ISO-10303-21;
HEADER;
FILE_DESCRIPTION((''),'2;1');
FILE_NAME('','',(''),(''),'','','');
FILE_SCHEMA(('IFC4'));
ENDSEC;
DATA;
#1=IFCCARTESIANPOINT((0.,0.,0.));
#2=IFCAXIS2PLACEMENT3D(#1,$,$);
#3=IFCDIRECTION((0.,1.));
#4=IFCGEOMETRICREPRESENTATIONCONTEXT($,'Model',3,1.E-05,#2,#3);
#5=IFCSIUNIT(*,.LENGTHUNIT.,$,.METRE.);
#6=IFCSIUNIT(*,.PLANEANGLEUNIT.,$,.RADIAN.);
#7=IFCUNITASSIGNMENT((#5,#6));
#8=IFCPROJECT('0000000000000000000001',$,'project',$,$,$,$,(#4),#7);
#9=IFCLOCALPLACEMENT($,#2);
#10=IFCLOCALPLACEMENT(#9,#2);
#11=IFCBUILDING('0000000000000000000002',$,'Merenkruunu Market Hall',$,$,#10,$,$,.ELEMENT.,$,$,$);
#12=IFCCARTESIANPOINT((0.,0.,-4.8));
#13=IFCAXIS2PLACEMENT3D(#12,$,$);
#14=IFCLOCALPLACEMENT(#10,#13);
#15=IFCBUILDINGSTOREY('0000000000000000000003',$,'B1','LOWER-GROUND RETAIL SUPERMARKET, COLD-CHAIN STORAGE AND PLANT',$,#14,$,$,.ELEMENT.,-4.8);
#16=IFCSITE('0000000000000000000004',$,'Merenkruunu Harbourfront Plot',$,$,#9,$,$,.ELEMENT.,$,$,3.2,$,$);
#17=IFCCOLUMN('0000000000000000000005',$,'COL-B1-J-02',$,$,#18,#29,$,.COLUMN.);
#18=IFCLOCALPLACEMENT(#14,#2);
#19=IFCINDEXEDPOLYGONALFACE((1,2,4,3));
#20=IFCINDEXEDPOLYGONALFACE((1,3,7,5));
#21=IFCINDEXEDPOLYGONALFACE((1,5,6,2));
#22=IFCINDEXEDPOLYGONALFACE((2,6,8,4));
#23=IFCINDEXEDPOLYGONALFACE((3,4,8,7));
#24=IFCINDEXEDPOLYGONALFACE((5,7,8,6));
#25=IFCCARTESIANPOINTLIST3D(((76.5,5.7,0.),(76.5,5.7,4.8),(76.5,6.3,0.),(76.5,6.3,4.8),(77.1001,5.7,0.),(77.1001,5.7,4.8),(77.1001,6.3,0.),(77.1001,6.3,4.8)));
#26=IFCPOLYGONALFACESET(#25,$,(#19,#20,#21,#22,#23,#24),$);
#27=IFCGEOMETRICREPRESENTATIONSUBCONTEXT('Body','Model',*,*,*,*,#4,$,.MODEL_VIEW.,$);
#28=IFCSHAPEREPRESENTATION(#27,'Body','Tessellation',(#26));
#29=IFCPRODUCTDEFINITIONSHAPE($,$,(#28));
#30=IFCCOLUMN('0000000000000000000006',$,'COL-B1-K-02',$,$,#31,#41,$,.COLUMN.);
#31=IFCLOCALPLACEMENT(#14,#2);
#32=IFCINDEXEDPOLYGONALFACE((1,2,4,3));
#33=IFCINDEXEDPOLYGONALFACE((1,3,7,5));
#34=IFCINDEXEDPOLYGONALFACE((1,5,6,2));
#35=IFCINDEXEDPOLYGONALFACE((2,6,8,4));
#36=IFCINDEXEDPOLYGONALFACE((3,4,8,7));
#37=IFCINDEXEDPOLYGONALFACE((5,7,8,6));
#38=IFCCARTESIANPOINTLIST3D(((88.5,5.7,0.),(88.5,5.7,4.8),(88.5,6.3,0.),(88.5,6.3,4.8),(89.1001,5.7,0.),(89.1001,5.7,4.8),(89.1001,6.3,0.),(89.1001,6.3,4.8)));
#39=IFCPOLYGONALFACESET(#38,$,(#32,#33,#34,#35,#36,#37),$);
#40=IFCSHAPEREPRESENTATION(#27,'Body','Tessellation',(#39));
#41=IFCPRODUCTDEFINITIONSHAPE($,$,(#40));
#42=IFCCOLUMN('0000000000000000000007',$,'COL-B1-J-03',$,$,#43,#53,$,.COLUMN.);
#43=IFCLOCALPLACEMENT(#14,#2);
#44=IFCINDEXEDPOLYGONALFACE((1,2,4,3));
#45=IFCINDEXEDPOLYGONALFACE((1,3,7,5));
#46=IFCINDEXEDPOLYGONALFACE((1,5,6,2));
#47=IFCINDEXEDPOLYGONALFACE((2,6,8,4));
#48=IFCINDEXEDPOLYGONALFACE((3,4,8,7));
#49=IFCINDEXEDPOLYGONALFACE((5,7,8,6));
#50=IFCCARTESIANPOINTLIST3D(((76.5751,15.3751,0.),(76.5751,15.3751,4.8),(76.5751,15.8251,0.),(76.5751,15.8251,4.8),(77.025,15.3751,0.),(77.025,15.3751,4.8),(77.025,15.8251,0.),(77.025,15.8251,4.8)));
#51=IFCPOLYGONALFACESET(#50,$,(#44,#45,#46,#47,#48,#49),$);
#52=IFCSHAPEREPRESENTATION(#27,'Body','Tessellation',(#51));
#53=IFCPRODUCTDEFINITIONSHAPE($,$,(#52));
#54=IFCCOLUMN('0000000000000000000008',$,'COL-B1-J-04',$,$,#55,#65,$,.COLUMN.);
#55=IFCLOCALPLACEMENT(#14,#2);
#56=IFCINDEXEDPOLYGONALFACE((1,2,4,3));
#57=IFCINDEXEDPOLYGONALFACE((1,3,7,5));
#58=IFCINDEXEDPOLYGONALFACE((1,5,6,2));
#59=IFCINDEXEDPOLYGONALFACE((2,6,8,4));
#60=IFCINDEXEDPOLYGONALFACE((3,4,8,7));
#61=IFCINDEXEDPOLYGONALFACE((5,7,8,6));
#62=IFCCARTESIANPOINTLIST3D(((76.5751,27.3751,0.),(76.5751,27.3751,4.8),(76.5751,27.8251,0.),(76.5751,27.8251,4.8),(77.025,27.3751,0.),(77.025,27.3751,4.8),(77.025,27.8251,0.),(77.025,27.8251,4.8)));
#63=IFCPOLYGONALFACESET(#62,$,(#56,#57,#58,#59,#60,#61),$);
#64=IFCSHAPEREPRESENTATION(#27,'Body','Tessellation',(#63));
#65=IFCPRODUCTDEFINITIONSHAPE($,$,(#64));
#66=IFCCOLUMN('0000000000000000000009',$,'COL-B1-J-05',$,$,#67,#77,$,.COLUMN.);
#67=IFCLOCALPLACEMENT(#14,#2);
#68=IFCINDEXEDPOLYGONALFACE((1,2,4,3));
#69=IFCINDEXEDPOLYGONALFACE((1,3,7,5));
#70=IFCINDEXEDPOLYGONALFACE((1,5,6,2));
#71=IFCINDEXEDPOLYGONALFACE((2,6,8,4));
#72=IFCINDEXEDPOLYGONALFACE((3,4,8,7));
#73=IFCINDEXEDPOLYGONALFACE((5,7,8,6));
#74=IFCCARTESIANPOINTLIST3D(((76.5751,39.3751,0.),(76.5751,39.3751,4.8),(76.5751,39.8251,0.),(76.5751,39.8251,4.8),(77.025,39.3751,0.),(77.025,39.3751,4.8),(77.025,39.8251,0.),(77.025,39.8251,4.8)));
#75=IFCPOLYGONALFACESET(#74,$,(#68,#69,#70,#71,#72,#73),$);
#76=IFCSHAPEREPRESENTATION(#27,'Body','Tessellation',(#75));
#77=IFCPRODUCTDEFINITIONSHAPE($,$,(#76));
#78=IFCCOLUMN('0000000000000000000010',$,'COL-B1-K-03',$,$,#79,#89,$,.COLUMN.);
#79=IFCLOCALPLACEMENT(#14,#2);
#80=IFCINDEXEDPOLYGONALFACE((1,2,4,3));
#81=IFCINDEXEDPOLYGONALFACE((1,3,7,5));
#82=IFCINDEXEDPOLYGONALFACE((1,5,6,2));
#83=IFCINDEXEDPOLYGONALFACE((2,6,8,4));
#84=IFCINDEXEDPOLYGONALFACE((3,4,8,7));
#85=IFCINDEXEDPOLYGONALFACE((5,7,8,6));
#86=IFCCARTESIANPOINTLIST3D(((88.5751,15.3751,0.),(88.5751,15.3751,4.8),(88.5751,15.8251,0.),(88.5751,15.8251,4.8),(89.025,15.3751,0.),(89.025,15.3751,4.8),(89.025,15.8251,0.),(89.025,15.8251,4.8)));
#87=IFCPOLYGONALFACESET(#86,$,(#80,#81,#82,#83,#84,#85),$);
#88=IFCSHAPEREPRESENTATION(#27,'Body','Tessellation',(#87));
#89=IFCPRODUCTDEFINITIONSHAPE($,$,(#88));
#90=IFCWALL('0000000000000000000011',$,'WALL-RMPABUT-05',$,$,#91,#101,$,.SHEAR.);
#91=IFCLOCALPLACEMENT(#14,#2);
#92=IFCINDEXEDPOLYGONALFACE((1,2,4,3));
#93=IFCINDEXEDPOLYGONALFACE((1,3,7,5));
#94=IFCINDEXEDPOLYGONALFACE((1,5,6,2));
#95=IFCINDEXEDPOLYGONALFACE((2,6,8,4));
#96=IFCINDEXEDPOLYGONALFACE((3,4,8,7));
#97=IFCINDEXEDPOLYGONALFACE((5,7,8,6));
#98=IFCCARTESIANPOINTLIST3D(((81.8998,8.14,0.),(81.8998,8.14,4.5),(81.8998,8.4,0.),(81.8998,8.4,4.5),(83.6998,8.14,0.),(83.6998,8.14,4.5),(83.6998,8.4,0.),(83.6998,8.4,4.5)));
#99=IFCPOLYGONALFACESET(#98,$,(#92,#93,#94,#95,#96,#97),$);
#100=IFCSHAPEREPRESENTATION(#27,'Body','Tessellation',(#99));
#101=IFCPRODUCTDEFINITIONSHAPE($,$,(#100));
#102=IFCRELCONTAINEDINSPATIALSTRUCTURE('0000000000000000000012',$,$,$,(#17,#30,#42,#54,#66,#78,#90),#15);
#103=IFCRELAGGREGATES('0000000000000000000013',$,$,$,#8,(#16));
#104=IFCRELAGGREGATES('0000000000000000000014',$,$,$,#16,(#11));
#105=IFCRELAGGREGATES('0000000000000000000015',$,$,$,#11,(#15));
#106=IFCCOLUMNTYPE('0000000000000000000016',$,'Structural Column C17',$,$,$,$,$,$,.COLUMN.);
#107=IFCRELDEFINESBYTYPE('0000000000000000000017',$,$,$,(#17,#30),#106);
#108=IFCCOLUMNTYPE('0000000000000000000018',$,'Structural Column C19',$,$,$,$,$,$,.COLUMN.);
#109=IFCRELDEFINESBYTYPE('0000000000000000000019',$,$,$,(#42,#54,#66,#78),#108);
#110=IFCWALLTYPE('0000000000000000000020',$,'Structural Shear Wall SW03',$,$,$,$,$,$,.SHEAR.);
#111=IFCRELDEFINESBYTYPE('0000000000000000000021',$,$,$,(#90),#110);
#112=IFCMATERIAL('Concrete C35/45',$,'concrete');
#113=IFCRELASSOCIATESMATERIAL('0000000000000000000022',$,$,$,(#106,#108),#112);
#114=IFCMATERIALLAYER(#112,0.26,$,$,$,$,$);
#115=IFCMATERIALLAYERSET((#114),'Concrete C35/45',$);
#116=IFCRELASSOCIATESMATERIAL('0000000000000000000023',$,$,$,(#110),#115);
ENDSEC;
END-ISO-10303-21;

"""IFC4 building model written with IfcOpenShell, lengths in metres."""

from ifc_helpers import new_model, si_unit, direction, frame, frame_2d, origin, origin_2d, place, context, subcontext, project, spatial, rectangle, extrude, material, layer, layer_set, material_profile, profile_set, type_object, element, save


model = new_model("IFC4")

# Units and contexts
model_context = context("Model", 3, precision=1e-05, world=origin(), true_north=direction((0.0, 1.0)))
body_context = subcontext(model_context, "Body", "Model", "MODEL_VIEW")
ifc_project = project(units=[si_unit("LENGTHUNIT", "METRE"), si_unit("PLANEANGLEUNIT", "RADIAN")], contexts=[model_context])

# Site, building, storey
site_placement = place(None, origin())
site = spatial("IfcSite", under=ifc_project, at=site_placement, Name="Merenkruunu Harbourfront Plot", CompositionType="ELEMENT", RefElevation=3.2)
building_placement = place(site_placement, origin())
building = spatial("IfcBuilding", under=site, at=building_placement, Name="Merenkruunu Market Hall", CompositionType="ELEMENT")
storey_placement = place(building_placement, frame((0.0, 0.0, -4.8)))
storey = spatial("IfcBuildingStorey", under=building, at=storey_placement, Name="B1", Description="LOWER-GROUND RETAIL SUPERMARKET, COLD-CHAIN STORAGE AND PLANT", CompositionType="ELEMENT", Elevation=-4.8)

# Shared definitions
ifc_material = material(Name="Concrete C35/45", Category="concrete")

# Columns
ifc_material_profile_1 = material_profile(ifc_material, rectangle(XDim=0.6001, YDim=0.6001, at=origin_2d()), Name="RC 600x600")
ifc_profile_set_1 = profile_set([ifc_material_profile_1], Name="Concrete C35/45")
column_type_1 = type_object("IfcColumnType", Name="Structural Column C17", PredefinedType="COLUMN", material=ifc_profile_set_1)
for number, where, z_axis, x_axis, name in (
    (1, (76.8, 6.0, 0.0), (0.0, 0.0, 1.0), (1.0, 0.0, 0.0), "COL-B1-J-02"),
    (2, (88.8, 6.0, 0.0), (0.0, 0.0, 1.0), (1.0, 0.0, 0.0), "COL-B1-K-02"),
):
    element("IfcColumn", number, at=place(storey_placement, frame(where, z_axis=z_axis, x_axis=x_axis)), inside=storey, type_object=column_type_1, Name=name, PredefinedType="COLUMN", context=body_context, shape_type="SweptSolid", body=[
        extrude(rectangle(XDim=0.6001, YDim=0.6001, at=origin_2d()), origin(), (0.0, 0.0, 1.0), 4.8),
    ])
ifc_material_profile_2 = material_profile(ifc_material, rectangle(XDim=0.45, YDim=0.45, at=origin_2d()), Name="RC 450x450")
ifc_profile_set_2 = profile_set([ifc_material_profile_2], Name="Concrete C35/45")
column_type_2 = type_object("IfcColumnType", Name="Structural Column C19", PredefinedType="COLUMN", material=ifc_profile_set_2)
for number, where, z_axis, x_axis, name in (
    (3, (76.8, 15.6001, 0.0), (0.0, 0.0, 1.0), (1.0, 0.0, 0.0), "COL-B1-J-03"),
    (4, (76.8, 27.6001, 0.0), (0.0, 0.0, 1.0), (1.0, 0.0, 0.0), "COL-B1-J-04"),
    (5, (76.8, 39.6001, 0.0), (0.0, 0.0, 1.0), (1.0, 0.0, 0.0), "COL-B1-J-05"),
    (6, (88.8, 15.6001, 0.0), (0.0, 0.0, 1.0), (1.0, 0.0, 0.0), "COL-B1-K-03"),
):
    element("IfcColumn", number, at=place(storey_placement, frame(where, z_axis=z_axis, x_axis=x_axis)), inside=storey, type_object=column_type_2, Name=name, PredefinedType="COLUMN", context=body_context, shape_type="SweptSolid", body=[
        extrude(rectangle(XDim=0.45, YDim=0.45, at=origin_2d()), origin(), (0.0, 0.0, 1.0), 4.8),
    ])

# Wall
ifc_layer_1 = layer(ifc_material, 0.26)
ifc_layer_set_1 = layer_set([ifc_layer_1], Name="Concrete C35/45")
wall_type = type_object("IfcWallType", Name="Structural Shear Wall SW03", PredefinedType="SHEAR", material=ifc_layer_set_1)
wall_placement = place(storey_placement, frame((81.8999, 8.27, 0.0), z_axis=(0.0, 0.0, 1.0), x_axis=(1.0, 0.0, 0.0)))
element("IfcWall", 7, at=wall_placement, inside=storey, type_object=wall_type, Name="WALL-RMPABUT-05", PredefinedType="SHEAR", context=body_context, shape_type="SweptSolid", body=[
    extrude(rectangle(XDim=1.8, YDim=0.26, at=frame_2d((0.8999, 0.0))), origin(), (0.0, 0.0, 1.0), 4.5),
])

save(model, "model.ifc")
